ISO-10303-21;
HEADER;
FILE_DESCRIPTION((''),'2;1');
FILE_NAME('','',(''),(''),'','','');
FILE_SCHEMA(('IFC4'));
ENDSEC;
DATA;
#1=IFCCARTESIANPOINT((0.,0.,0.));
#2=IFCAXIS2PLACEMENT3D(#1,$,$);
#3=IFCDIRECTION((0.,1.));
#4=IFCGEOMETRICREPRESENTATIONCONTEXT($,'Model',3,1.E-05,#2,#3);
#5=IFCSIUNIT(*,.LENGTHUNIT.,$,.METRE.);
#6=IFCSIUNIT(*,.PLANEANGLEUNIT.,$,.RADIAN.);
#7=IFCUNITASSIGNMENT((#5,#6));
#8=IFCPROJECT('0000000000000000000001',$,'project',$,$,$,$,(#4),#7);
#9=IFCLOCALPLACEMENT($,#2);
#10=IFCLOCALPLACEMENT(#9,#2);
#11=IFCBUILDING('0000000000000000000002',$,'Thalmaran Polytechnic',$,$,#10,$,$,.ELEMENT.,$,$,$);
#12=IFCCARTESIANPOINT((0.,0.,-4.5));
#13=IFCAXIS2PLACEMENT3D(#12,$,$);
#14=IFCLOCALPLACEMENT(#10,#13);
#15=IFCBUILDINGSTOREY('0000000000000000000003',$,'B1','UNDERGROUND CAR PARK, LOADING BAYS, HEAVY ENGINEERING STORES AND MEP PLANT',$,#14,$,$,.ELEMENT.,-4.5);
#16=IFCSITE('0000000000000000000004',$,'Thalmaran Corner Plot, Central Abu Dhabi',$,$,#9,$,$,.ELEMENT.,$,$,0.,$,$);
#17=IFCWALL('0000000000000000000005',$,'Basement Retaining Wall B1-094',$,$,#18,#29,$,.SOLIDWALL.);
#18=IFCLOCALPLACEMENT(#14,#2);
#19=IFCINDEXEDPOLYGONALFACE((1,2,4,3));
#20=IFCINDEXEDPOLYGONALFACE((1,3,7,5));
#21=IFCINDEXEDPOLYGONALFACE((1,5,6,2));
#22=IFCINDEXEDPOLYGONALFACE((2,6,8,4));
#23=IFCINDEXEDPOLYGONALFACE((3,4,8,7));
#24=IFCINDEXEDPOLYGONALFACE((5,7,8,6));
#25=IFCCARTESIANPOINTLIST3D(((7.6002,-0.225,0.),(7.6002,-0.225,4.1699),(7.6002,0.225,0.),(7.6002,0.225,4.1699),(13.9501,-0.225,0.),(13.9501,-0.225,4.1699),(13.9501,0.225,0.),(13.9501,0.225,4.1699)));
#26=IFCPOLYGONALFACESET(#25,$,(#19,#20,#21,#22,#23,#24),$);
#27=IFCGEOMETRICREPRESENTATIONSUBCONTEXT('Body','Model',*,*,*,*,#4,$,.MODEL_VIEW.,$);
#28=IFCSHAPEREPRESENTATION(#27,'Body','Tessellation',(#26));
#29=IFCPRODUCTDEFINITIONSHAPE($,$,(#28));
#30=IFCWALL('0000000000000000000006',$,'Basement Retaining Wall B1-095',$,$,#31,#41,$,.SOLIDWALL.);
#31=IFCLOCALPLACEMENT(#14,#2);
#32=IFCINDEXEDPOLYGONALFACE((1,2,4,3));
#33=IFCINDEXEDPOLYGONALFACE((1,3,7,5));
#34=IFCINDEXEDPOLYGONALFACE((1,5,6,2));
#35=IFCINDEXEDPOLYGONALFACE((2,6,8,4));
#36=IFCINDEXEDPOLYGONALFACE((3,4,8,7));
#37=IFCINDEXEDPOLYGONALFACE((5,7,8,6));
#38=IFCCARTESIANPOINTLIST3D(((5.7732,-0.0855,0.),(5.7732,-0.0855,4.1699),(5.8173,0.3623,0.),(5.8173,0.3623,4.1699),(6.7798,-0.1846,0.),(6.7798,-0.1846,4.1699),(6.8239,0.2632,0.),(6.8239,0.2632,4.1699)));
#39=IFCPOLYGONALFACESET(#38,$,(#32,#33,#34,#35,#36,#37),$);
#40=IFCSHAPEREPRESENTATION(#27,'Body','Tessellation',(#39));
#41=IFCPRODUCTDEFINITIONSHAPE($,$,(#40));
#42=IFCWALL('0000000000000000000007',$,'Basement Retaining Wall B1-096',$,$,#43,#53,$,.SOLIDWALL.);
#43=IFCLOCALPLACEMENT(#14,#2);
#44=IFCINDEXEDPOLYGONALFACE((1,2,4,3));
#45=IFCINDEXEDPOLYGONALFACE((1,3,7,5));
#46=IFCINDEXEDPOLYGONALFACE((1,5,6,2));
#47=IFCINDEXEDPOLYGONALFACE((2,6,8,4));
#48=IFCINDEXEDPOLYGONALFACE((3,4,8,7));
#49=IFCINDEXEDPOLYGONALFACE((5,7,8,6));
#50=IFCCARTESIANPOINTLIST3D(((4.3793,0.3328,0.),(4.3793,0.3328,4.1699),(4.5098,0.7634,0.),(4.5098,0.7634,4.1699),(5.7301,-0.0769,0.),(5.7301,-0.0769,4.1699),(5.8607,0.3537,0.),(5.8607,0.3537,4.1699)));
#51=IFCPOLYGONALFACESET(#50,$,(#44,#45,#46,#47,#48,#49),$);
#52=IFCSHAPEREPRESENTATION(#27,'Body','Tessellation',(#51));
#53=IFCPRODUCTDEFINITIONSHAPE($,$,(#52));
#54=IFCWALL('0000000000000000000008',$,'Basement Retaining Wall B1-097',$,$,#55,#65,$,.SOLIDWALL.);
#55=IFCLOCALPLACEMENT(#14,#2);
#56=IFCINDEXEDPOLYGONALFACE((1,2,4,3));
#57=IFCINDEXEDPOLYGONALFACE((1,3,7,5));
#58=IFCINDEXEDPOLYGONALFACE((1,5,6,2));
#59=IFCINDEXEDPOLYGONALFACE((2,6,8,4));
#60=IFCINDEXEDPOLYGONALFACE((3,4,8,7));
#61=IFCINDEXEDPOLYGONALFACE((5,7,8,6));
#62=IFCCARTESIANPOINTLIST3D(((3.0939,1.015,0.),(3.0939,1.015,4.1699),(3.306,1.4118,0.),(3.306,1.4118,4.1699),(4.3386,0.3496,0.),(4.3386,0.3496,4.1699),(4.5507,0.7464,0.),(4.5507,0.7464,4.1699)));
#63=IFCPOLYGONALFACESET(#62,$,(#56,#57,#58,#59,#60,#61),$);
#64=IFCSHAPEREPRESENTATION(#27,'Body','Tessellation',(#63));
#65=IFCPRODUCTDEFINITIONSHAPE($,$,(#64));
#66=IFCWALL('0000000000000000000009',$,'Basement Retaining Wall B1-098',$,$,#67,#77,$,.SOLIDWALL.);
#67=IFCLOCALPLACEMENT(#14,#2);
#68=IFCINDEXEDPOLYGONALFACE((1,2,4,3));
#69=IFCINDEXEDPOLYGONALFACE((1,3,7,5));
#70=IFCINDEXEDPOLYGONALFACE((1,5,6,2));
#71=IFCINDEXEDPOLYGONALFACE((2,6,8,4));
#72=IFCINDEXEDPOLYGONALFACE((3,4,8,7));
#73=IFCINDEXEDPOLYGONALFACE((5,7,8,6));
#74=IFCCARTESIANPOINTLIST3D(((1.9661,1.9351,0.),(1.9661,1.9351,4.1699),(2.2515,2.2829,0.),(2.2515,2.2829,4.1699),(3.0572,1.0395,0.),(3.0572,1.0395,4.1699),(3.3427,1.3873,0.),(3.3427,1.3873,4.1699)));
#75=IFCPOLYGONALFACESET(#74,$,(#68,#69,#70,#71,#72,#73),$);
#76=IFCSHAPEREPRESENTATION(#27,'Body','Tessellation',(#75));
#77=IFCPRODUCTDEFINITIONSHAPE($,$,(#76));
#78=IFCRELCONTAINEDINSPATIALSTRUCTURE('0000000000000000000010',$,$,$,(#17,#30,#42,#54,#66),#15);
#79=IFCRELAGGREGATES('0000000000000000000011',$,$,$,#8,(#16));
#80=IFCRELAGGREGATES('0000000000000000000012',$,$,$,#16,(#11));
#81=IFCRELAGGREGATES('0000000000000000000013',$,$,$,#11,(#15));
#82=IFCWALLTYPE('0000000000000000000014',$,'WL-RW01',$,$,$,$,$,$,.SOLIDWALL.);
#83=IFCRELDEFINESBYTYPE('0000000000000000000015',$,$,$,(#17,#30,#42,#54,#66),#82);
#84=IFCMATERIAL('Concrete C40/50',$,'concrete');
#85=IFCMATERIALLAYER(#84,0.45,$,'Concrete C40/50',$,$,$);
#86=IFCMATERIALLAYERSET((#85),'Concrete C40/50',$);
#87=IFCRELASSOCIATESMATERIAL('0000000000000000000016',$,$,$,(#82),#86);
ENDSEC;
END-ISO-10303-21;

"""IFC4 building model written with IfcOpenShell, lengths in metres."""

from ifc_helpers import new_model, si_unit, direction, frame, frame_2d, origin, place, context, subcontext, project, spatial, rectangle, extrude, material, layer, layer_set, type_object, element, save


model = new_model("IFC4")

# Units and contexts
model_context = context("Model", 3, precision=1e-05, world=origin(), true_north=direction((0.0, 1.0)))
body_context = subcontext(model_context, "Body", "Model", "MODEL_VIEW")
ifc_project = project(units=[si_unit("LENGTHUNIT", "METRE"), si_unit("PLANEANGLEUNIT", "RADIAN")], contexts=[model_context])

# Site, building, storey
site_placement = place(None, origin())
site = spatial("IfcSite", under=ifc_project, at=site_placement, Name="Thalmaran Corner Plot, Central Abu Dhabi", CompositionType="ELEMENT", RefElevation=0.0)
building_placement = place(site_placement, origin())
building = spatial("IfcBuilding", under=site, at=building_placement, Name="Thalmaran Polytechnic", CompositionType="ELEMENT")
storey_placement = place(building_placement, frame((0.0, 0.0, -4.5)))
storey = spatial("IfcBuildingStorey", under=building, at=storey_placement, Name="B1", Description="UNDERGROUND CAR PARK, LOADING BAYS, HEAVY ENGINEERING STORES AND MEP PLANT", CompositionType="ELEMENT", Elevation=-4.5)

# Shared definitions
ifc_material_1 = material(Name="Concrete C40/50", Category="concrete")

# Walls
ifc_layer_1 = layer(ifc_material_1, 0.45, Name="Concrete C40/50")
ifc_layer_set_1 = layer_set([ifc_layer_1], Name="Concrete C40/50")
wall_type_1 = type_object("IfcWallType", Name="WL-RW01", PredefinedType="SOLIDWALL", material=ifc_layer_set_1)
wall_1_placement = place(storey_placement, frame((13.95, 0.0, 0.0), z_axis=(0.0, 0.0, 1.0), x_axis=(-1.0, 0.0, 0.0)))
element("IfcWall", 1, at=wall_1_placement, inside=storey, type_object=wall_type_1, Name="Basement Retaining Wall B1-094", PredefinedType="SOLIDWALL", context=body_context, shape_type="SweptSolid", body=[
    extrude(rectangle(XDim=6.3499, YDim=0.45, at=frame_2d((3.1748, 0.0))), origin(), (0.0, 0.0, 1.0), 4.1699),
])
wall_2_placement = place(storey_placement, frame((6.802, 0.0393, 0.0), z_axis=(0.0, 0.0, 1.0), x_axis=(-0.995187, 0.097998, 0.0)))
element("IfcWall", 2, at=wall_2_placement, inside=storey, type_object=wall_type_1, Name="Basement Retaining Wall B1-095", PredefinedType="SOLIDWALL", context=body_context, shape_type="SweptSolid", body=[
    extrude(rectangle(XDim=1.0115, YDim=0.45, at=frame_2d((0.5059, 0.0))), origin(), (0.0, 0.0, 1.0), 4.1699),
])
wall_3_placement = place(storey_placement, frame((5.7954, 0.1384, 0.0), z_axis=(0.0, 0.0, 1.0), x_axis=(-0.95696, 0.290219, 0.0)))
element("IfcWall", 3, at=wall_3_placement, inside=storey, type_object=wall_type_1, Name="Basement Retaining Wall B1-096", PredefinedType="SOLIDWALL", context=body_context, shape_type="SweptSolid", body=[
    extrude(rectangle(XDim=1.4116, YDim=0.45, at=frame_2d((0.7058, 0.0))), origin(), (0.0, 0.0, 1.0), 4.1699),
])
wall_4_placement = place(storey_placement, frame((4.4446, 0.5481, 0.0), z_axis=(0.0, 0.0, 1.0), x_axis=(-0.881917, 0.471405, 0.0)))
element("IfcWall", 4, at=wall_4_placement, inside=storey, type_object=wall_type_1, Name="Basement Retaining Wall B1-097", PredefinedType="SOLIDWALL", context=body_context, shape_type="SweptSolid", body=[
    extrude(rectangle(XDim=1.4114, YDim=0.45, at=frame_2d((0.7056, 0.0))), origin(), (0.0, 0.0, 1.0), 4.1699),
])
wall_5_placement = place(storey_placement, frame((3.2, 1.2134, 0.0), z_axis=(0.0, 0.0, 1.0), x_axis=(-0.772978, 0.634433, 0.0)))
element("IfcWall", 5, at=wall_5_placement, inside=storey, type_object=wall_type_1, Name="Basement Retaining Wall B1-098", PredefinedType="SOLIDWALL", context=body_context, shape_type="SweptSolid", body=[
    extrude(rectangle(XDim=1.4116, YDim=0.45, at=frame_2d((0.7058, 0.0))), origin(), (0.0, 0.0, 1.0), 4.1699),
])

save(model, "model.ifc")
